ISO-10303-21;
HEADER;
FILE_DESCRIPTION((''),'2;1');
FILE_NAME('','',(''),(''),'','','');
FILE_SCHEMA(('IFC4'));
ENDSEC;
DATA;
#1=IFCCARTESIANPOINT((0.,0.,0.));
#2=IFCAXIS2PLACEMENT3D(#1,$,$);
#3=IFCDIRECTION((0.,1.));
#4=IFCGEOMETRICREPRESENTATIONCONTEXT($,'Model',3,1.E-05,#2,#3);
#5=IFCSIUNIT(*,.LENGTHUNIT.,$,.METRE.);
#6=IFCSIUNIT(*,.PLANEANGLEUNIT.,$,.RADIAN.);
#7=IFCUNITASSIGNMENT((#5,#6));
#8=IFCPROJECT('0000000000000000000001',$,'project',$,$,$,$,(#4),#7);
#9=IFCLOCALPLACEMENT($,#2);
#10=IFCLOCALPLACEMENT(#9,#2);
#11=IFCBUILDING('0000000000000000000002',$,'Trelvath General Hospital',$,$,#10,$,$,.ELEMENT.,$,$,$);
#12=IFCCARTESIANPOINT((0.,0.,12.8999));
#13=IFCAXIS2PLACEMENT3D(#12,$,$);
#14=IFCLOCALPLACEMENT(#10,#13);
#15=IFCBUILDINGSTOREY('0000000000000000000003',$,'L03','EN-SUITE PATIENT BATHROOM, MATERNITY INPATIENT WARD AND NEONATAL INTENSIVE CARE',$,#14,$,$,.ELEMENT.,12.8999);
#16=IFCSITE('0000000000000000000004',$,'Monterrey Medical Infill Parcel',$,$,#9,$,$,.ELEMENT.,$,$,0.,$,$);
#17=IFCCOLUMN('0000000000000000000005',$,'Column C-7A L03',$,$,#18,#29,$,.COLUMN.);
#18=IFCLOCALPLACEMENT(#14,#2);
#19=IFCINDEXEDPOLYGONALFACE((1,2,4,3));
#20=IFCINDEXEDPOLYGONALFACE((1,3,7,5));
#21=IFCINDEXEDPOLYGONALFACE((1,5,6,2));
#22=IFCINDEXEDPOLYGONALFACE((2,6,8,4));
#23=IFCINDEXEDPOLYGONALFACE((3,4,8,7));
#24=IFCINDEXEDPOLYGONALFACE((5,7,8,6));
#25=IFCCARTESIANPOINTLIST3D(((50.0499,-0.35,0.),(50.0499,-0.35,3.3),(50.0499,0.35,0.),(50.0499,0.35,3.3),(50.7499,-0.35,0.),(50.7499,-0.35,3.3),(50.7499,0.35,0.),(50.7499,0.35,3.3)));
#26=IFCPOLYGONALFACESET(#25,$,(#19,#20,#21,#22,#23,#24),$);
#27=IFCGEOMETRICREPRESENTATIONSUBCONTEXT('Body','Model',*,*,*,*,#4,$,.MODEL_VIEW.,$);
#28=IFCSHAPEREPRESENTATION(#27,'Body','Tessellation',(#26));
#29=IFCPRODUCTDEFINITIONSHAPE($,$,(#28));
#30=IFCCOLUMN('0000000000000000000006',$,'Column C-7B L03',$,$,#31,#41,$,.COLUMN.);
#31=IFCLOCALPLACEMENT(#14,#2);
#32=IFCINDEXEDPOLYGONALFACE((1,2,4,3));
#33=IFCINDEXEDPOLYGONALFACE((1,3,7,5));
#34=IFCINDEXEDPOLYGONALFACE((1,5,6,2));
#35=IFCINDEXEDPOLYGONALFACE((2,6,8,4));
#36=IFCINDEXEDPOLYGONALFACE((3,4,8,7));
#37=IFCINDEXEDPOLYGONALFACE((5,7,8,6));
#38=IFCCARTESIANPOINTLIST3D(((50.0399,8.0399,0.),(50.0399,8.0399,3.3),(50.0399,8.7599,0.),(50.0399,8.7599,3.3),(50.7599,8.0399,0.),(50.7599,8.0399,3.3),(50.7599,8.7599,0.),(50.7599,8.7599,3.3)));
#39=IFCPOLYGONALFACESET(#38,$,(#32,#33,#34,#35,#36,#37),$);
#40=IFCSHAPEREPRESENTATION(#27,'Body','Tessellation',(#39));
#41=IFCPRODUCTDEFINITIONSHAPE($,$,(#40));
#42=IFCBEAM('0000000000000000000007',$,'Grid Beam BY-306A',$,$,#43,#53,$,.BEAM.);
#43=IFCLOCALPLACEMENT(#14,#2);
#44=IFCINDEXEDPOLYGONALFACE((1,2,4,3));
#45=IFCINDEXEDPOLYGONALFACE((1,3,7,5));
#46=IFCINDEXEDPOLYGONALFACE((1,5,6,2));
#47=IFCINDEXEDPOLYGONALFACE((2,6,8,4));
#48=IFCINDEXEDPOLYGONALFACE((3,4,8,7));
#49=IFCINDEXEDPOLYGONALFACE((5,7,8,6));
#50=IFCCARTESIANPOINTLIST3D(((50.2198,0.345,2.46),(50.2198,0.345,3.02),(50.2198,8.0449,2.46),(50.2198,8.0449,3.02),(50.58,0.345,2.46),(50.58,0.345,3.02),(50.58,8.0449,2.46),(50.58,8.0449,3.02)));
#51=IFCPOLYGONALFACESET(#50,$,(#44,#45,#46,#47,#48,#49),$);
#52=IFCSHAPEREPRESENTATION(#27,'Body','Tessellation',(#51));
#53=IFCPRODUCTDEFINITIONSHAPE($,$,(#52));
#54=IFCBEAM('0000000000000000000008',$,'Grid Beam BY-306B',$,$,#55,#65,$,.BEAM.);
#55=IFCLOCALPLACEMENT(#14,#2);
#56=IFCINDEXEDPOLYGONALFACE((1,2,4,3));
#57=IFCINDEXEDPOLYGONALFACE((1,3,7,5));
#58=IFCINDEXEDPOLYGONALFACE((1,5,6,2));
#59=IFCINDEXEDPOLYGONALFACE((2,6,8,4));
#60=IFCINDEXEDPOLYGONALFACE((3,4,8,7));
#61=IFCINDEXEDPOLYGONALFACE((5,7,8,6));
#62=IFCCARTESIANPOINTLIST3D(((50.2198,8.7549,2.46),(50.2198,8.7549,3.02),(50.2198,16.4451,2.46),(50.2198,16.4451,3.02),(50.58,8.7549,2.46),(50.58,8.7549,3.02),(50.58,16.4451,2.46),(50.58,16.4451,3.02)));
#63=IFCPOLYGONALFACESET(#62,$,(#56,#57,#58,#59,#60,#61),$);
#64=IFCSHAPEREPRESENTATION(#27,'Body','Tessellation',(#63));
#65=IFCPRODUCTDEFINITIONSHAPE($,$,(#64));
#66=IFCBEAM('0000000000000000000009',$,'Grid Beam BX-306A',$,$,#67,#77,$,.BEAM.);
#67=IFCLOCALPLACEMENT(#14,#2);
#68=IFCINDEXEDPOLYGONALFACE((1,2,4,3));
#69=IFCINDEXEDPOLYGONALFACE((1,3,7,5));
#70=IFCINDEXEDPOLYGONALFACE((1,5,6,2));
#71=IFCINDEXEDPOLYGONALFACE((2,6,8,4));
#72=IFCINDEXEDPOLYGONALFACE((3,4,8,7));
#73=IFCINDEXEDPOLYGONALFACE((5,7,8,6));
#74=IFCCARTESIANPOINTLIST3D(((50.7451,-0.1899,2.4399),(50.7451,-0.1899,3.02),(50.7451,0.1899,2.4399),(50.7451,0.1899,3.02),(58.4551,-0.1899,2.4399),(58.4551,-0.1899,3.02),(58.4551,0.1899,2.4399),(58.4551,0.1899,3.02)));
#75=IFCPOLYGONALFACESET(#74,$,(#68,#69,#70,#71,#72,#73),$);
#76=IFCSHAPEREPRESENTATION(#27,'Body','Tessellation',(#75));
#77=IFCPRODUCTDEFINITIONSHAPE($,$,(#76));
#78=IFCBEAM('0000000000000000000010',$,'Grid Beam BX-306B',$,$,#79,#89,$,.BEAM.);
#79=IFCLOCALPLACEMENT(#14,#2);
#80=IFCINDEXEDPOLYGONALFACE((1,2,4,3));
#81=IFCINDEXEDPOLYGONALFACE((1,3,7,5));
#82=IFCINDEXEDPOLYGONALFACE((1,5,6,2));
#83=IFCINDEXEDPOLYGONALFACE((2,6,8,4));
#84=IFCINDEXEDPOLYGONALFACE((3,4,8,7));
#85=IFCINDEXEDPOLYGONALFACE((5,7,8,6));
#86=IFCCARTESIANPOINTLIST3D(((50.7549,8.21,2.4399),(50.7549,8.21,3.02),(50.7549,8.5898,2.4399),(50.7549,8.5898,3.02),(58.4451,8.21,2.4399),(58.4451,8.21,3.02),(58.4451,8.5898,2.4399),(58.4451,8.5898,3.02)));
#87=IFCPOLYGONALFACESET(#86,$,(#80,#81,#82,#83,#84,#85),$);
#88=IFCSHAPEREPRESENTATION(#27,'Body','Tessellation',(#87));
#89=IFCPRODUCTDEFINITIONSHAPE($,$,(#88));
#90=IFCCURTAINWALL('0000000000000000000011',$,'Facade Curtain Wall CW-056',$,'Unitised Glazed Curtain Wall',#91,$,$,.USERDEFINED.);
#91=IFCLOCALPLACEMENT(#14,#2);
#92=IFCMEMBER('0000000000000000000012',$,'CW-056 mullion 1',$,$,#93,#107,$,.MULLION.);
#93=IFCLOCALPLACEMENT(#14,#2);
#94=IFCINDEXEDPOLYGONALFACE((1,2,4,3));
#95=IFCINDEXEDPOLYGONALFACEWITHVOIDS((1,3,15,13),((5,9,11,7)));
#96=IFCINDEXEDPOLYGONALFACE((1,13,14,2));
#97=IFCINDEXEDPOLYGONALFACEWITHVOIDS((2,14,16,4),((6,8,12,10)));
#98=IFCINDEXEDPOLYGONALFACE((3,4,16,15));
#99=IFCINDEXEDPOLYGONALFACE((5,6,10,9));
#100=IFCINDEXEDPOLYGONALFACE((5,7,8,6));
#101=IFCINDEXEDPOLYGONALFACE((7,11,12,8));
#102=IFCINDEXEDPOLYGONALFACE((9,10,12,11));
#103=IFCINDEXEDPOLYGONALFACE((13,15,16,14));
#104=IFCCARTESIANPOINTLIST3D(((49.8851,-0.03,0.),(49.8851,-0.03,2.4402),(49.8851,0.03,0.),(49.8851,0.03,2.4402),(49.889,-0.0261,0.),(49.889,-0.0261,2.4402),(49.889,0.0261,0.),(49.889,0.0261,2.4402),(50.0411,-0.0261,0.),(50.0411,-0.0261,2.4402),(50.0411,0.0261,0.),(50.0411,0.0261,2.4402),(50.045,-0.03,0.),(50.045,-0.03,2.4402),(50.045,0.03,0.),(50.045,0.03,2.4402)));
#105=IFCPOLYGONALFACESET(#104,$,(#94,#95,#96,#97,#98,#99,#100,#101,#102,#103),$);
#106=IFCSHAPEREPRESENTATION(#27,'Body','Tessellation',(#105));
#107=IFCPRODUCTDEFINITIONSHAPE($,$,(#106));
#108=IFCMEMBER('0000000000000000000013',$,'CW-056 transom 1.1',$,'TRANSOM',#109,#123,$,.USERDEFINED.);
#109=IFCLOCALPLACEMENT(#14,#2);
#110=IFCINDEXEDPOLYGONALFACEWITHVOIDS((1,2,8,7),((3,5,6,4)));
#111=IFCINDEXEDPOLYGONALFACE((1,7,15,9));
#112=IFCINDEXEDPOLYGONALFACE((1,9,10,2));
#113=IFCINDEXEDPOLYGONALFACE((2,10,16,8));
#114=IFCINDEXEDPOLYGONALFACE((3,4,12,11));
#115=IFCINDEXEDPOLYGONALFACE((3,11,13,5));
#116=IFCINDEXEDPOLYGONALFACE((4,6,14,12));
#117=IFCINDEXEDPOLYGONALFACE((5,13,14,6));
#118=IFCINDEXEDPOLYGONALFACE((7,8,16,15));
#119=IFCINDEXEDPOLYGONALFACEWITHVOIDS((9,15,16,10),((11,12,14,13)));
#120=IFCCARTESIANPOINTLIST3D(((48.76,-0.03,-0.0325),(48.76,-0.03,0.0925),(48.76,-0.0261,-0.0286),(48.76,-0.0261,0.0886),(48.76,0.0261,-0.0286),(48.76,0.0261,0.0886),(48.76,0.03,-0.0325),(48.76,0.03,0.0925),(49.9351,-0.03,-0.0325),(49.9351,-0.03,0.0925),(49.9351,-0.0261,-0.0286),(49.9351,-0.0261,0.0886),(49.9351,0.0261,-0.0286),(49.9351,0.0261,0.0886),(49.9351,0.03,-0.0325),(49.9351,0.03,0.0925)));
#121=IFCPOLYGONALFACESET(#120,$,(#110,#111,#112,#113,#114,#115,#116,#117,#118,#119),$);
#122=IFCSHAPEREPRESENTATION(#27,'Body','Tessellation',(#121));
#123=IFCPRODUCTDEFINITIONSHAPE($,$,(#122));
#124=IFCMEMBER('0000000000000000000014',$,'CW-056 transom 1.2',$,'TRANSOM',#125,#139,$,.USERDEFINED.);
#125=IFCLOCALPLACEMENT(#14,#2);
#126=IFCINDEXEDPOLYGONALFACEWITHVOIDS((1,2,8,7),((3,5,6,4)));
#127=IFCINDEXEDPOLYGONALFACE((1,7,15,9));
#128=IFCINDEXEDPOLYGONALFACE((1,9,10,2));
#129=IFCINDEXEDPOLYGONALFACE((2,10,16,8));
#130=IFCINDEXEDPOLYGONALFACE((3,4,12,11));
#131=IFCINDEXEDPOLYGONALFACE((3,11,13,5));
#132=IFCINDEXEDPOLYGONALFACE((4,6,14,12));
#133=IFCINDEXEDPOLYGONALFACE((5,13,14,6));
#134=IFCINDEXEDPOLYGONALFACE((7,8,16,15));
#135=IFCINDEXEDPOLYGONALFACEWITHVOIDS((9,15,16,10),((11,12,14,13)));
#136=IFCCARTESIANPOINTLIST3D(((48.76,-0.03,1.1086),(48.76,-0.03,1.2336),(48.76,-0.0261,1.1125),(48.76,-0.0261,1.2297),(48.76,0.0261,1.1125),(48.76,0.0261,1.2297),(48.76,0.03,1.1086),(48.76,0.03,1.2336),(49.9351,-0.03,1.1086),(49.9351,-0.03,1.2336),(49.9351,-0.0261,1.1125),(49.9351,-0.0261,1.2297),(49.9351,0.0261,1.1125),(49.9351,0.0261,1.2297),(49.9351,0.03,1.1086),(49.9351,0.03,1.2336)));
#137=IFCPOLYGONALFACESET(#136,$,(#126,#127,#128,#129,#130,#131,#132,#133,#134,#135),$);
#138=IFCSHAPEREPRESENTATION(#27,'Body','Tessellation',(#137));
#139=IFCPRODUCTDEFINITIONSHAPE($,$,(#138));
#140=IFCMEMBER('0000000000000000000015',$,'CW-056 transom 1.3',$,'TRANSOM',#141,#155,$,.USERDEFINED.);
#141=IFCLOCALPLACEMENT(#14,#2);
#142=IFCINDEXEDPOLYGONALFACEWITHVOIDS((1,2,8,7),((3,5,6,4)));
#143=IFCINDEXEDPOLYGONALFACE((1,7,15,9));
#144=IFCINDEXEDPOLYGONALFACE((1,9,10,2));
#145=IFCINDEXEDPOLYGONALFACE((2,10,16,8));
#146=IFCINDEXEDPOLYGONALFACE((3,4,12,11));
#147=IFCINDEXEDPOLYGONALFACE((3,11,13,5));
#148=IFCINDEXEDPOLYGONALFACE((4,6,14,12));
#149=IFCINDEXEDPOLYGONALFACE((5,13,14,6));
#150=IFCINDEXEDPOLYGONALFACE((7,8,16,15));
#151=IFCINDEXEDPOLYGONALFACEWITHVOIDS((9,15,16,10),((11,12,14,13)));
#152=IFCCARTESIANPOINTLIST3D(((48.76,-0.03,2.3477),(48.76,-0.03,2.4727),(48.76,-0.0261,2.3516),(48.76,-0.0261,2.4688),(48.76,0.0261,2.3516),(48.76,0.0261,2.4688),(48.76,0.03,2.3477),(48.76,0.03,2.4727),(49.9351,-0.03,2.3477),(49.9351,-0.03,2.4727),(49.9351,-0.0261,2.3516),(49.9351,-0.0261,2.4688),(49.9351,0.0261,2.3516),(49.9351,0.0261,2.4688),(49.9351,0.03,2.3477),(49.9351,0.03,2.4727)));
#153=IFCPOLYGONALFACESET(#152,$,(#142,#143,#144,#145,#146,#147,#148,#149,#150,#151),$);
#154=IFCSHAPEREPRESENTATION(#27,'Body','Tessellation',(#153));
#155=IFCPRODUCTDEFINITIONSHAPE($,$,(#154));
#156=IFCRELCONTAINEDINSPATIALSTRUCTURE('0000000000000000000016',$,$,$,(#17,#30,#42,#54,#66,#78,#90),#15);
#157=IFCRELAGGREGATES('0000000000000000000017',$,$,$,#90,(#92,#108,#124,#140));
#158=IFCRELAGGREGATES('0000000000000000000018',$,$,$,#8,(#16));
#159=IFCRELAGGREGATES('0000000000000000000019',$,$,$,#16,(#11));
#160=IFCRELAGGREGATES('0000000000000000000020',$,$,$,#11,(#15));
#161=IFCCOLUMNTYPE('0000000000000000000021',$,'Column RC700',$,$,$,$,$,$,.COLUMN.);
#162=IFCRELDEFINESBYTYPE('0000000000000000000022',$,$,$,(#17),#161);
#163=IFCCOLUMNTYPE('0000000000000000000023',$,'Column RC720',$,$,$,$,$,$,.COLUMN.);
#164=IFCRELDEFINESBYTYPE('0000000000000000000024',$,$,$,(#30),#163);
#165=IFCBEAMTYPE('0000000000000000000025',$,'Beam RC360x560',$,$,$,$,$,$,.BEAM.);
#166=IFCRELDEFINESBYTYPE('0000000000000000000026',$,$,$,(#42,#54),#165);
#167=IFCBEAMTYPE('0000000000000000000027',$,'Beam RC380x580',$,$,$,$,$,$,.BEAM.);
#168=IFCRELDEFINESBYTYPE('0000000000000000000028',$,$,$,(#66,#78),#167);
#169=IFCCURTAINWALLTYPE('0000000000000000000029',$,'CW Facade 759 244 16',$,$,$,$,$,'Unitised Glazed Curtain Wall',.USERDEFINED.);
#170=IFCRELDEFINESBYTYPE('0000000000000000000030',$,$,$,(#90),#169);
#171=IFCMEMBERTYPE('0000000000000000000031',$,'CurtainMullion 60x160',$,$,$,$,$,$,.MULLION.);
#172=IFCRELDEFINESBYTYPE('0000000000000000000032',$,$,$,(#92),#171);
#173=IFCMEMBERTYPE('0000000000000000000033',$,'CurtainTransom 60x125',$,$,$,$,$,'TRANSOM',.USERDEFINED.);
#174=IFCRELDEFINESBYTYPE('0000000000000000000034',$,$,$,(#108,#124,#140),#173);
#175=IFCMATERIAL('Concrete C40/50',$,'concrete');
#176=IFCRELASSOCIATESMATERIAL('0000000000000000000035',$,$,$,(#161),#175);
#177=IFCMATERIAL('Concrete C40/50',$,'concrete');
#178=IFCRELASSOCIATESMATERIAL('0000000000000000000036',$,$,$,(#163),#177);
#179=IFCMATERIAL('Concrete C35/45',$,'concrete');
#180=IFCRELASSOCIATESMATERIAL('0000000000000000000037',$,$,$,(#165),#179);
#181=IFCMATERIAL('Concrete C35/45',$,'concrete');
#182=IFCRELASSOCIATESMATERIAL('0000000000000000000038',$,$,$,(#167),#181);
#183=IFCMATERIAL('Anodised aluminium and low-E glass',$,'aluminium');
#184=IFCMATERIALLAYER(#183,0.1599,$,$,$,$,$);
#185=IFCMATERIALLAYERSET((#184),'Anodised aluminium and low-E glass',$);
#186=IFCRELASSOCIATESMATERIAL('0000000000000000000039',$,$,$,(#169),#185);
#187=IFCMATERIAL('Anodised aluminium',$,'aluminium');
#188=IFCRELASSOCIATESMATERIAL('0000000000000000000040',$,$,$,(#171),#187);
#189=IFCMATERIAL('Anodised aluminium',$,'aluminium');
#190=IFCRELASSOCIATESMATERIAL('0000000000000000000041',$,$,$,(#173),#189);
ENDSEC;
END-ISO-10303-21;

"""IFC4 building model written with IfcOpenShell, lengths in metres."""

from ifc_helpers import new_model, si_unit, direction, frame, origin, origin_2d, place, context, subcontext, project, spatial, rectangle, hollow_rectangle, extrude, material, layer, layer_set, material_profile, profile_set, type_object, element, aggregate, save


model = new_model("IFC4")

# Units and contexts
model_context = context("Model", 3, precision=1e-05, world=origin(), true_north=direction((0.0, 1.0)))
body_context = subcontext(model_context, "Body", "Model", "MODEL_VIEW")
ifc_project = project(units=[si_unit("LENGTHUNIT", "METRE"), si_unit("PLANEANGLEUNIT", "RADIAN")], contexts=[model_context])

# Site, building, storey
site_placement = place(None, origin())
site = spatial("IfcSite", under=ifc_project, at=site_placement, Name="Monterrey Medical Infill Parcel", CompositionType="ELEMENT", RefElevation=0.0)
building_placement = place(site_placement, origin())
building = spatial("IfcBuilding", under=site, at=building_placement, Name="Trelvath General Hospital", CompositionType="ELEMENT")
storey_placement = place(building_placement, frame((0.0, 0.0, 12.8999)))
storey = spatial("IfcBuildingStorey", under=building, at=storey_placement, Name="L03", Description="EN-SUITE PATIENT BATHROOM, MATERNITY INPATIENT WARD AND NEONATAL INTENSIVE CARE", CompositionType="ELEMENT", Elevation=12.8999)

# Columns
ifc_material_1 = material(Name="Concrete C40/50", Category="concrete")
ifc_material_profile_1 = material_profile(ifc_material_1, rectangle(XDim=0.7, YDim=0.7, at=origin_2d()), Name="RC700x700")
ifc_profile_set_1 = profile_set([ifc_material_profile_1], Name="Concrete C40/50")
column_type_1 = type_object("IfcColumnType", Name="Column RC700", PredefinedType="COLUMN", material=ifc_profile_set_1)
column_1_placement = place(storey_placement, frame((50.3999, 0.0, 0.0), z_axis=(0.0, 0.0, 1.0), x_axis=(1.0, 0.0, 0.0)))
element("IfcColumn", 1, at=column_1_placement, inside=storey, type_object=column_type_1, Name="Column C-7A L03", PredefinedType="COLUMN", context=body_context, shape_type="SweptSolid", body=[
    extrude(rectangle(XDim=0.7, YDim=0.7, at=origin_2d()), origin(), (0.0, 0.0, 1.0), 3.3),
])
ifc_material_2 = material(Name="Concrete C40/50", Category="concrete")
ifc_material_profile_2 = material_profile(ifc_material_2, rectangle(XDim=0.72, YDim=0.72, at=origin_2d()), Name="RC720x720")
ifc_profile_set_2 = profile_set([ifc_material_profile_2], Name="Concrete C40/50")
column_type_2 = type_object("IfcColumnType", Name="Column RC720", PredefinedType="COLUMN", material=ifc_profile_set_2)
column_2_placement = place(storey_placement, frame((50.3999, 8.3999, 0.0), z_axis=(0.0, 0.0, 1.0), x_axis=(1.0, 0.0, 0.0)))
element("IfcColumn", 2, at=column_2_placement, inside=storey, type_object=column_type_2, Name="Column C-7B L03", PredefinedType="COLUMN", context=body_context, shape_type="SweptSolid", body=[
    extrude(rectangle(XDim=0.72, YDim=0.72, at=origin_2d()), origin(), (0.0, 0.0, 1.0), 3.3),
])

# Beams
ifc_material_3 = material(Name="Concrete C35/45", Category="concrete")
ifc_material_profile_3 = material_profile(ifc_material_3, rectangle(XDim=0.3601, YDim=0.5601, at=origin_2d()), Name="RCB360x560")
ifc_profile_set_3 = profile_set([ifc_material_profile_3], Name="Concrete C35/45")
beam_type_1 = type_object("IfcBeamType", Name="Beam RC360x560", PredefinedType="BEAM", material=ifc_profile_set_3)
beam_1_placement = place(storey_placement, frame((50.3999, 0.345, 2.74), z_axis=(0.0, 1.0, 0.0), x_axis=(-1.0, 0.0, 0.0)))
element("IfcBeam", 3, at=beam_1_placement, inside=storey, type_object=beam_type_1, Name="Grid Beam BY-306A", PredefinedType="BEAM", context=body_context, shape_type="SweptSolid", body=[
    extrude(rectangle(XDim=0.3601, YDim=0.5601, at=origin_2d()), origin(), (0.0, 0.0, 1.0), 7.7),
])
beam_2_placement = place(storey_placement, frame((50.3999, 8.7549, 2.74), z_axis=(0.0, 1.0, 0.0), x_axis=(-1.0, 0.0, 0.0)))
element("IfcBeam", 4, at=beam_2_placement, inside=storey, type_object=beam_type_1, Name="Grid Beam BY-306B", PredefinedType="BEAM", context=body_context, shape_type="SweptSolid", body=[
    extrude(rectangle(XDim=0.3601, YDim=0.5601, at=origin_2d()), origin(), (0.0, 0.0, 1.0), 7.6902),
])
ifc_material_4 = material(Name="Concrete C35/45", Category="concrete")
ifc_material_profile_4 = material_profile(ifc_material_4, rectangle(XDim=0.3799, YDim=0.5801, at=origin_2d()), Name="RCB380x580")
ifc_profile_set_4 = profile_set([ifc_material_profile_4], Name="Concrete C35/45")
beam_type_2 = type_object("IfcBeamType", Name="Beam RC380x580", PredefinedType="BEAM", material=ifc_profile_set_4)
beam_3_placement = place(storey_placement, frame((50.7451, 0.0, 2.73), z_axis=(1.0, 0.0, 0.0), x_axis=(0.0, 1.0, 0.0)))
element("IfcBeam", 5, at=beam_3_placement, inside=storey, type_object=beam_type_2, Name="Grid Beam BX-306A", PredefinedType="BEAM", context=body_context, shape_type="SweptSolid", body=[
    extrude(rectangle(XDim=0.3799, YDim=0.5801, at=origin_2d()), origin(), (0.0, 0.0, 1.0), 7.71),
])
beam_4_placement = place(storey_placement, frame((50.7549, 8.3999, 2.73), z_axis=(1.0, 0.0, 0.0), x_axis=(0.0, 1.0, 0.0)))
element("IfcBeam", 6, at=beam_4_placement, inside=storey, type_object=beam_type_2, Name="Grid Beam BX-306B", PredefinedType="BEAM", context=body_context, shape_type="SweptSolid", body=[
    extrude(rectangle(XDim=0.3799, YDim=0.5801, at=origin_2d()), origin(), (0.0, 0.0, 1.0), 7.6902),
])

# Curtain wall, members
ifc_material_5 = material(Name="Anodised aluminium and low-E glass", Category="aluminium")
ifc_layer_1 = layer(ifc_material_5, 0.1599)
ifc_layer_set_1 = layer_set([ifc_layer_1], Name="Anodised aluminium and low-E glass")
curtain_wall_type = type_object("IfcCurtainWallType", Name="CW Facade 759 244 16", ElementType="Unitised Glazed Curtain Wall", PredefinedType="USERDEFINED", material=ifc_layer_set_1)
curtain_wall_placement = place(storey_placement, origin())
curtain_wall = element("IfcCurtainWall", 7, at=curtain_wall_placement, inside=storey, type_object=curtain_wall_type, Name="Facade Curtain Wall CW-056", ObjectType="Unitised Glazed Curtain Wall", PredefinedType="USERDEFINED")
ifc_material_6 = material(Name="Anodised aluminium", Category="aluminium")
ifc_material_profile_5 = material_profile(ifc_material_6, hollow_rectangle(XDim=0.0601, YDim=0.1599, WallThickness=0.0039, at=origin_2d()), Name="RHS60x160x4")
ifc_profile_set_5 = profile_set([ifc_material_profile_5], Name="Anodised aluminium")
member_type_1 = type_object("IfcMemberType", Name="CurtainMullion 60x160", PredefinedType="MULLION", material=ifc_profile_set_5)
member_1_placement = place(storey_placement, frame((49.9651, 0.0, 0.0), z_axis=(0.0, 0.0, 1.0), x_axis=(0.0, -1.0, 0.0)))
member_1 = element("IfcMember", 8, at=member_1_placement, type_object=member_type_1, Name="CW-056 mullion 1", PredefinedType="MULLION", context=body_context, shape_type="SweptSolid", body=[
    extrude(hollow_rectangle(XDim=0.0601, YDim=0.1599, WallThickness=0.0039, at=origin_2d()), origin(), (0.0, 0.0, 1.0), 2.4402),
])
ifc_material_7 = material(Name="Anodised aluminium", Category="aluminium")
ifc_material_profile_6 = material_profile(ifc_material_7, hollow_rectangle(XDim=0.0601, YDim=0.125, WallThickness=0.0039, at=origin_2d()), Name="RHS60x125x4")
ifc_profile_set_6 = profile_set([ifc_material_profile_6], Name="Anodised aluminium")
member_type_2 = type_object("IfcMemberType", Name="CurtainTransom 60x125", ElementType="TRANSOM", PredefinedType="USERDEFINED", material=ifc_profile_set_6)
member_2_placement = place(storey_placement, frame((49.9351, 0.0, 0.03), z_axis=(-1.0, 0.0, 0.0), x_axis=(0.0, -1.0, 0.0)))
member_2 = element("IfcMember", 9, at=member_2_placement, type_object=member_type_2, Name="CW-056 transom 1.1", ObjectType="TRANSOM", PredefinedType="USERDEFINED", context=body_context, shape_type="SweptSolid", body=[
    extrude(hollow_rectangle(XDim=0.0601, YDim=0.125, WallThickness=0.0039, at=origin_2d()), origin(), (0.0, 0.0, 1.0), 1.175),
])
member_3_placement = place(storey_placement, frame((49.9351, 0.0, 1.1711), z_axis=(-1.0, 0.0, 0.0), x_axis=(0.0, -1.0, 0.0)))
member_3 = element("IfcMember", 10, at=member_3_placement, type_object=member_type_2, Name="CW-056 transom 1.2", ObjectType="TRANSOM", PredefinedType="USERDEFINED", context=body_context, shape_type="SweptSolid", body=[
    extrude(hollow_rectangle(XDim=0.0601, YDim=0.125, WallThickness=0.0039, at=origin_2d()), origin(), (0.0, 0.0, 1.0), 1.175),
])
member_4_placement = place(storey_placement, frame((49.9351, 0.0, 2.4102), z_axis=(-1.0, 0.0, 0.0), x_axis=(0.0, -1.0, 0.0)))
member_4 = element("IfcMember", 11, at=member_4_placement, type_object=member_type_2, Name="CW-056 transom 1.3", ObjectType="TRANSOM", PredefinedType="USERDEFINED", context=body_context, shape_type="SweptSolid", body=[
    extrude(hollow_rectangle(XDim=0.0601, YDim=0.125, WallThickness=0.0039, at=origin_2d()), origin(), (0.0, 0.0, 1.0), 1.175),
])
aggregate(curtain_wall, [member_1, member_2, member_3, member_4])

save(model, "model.ifc")
